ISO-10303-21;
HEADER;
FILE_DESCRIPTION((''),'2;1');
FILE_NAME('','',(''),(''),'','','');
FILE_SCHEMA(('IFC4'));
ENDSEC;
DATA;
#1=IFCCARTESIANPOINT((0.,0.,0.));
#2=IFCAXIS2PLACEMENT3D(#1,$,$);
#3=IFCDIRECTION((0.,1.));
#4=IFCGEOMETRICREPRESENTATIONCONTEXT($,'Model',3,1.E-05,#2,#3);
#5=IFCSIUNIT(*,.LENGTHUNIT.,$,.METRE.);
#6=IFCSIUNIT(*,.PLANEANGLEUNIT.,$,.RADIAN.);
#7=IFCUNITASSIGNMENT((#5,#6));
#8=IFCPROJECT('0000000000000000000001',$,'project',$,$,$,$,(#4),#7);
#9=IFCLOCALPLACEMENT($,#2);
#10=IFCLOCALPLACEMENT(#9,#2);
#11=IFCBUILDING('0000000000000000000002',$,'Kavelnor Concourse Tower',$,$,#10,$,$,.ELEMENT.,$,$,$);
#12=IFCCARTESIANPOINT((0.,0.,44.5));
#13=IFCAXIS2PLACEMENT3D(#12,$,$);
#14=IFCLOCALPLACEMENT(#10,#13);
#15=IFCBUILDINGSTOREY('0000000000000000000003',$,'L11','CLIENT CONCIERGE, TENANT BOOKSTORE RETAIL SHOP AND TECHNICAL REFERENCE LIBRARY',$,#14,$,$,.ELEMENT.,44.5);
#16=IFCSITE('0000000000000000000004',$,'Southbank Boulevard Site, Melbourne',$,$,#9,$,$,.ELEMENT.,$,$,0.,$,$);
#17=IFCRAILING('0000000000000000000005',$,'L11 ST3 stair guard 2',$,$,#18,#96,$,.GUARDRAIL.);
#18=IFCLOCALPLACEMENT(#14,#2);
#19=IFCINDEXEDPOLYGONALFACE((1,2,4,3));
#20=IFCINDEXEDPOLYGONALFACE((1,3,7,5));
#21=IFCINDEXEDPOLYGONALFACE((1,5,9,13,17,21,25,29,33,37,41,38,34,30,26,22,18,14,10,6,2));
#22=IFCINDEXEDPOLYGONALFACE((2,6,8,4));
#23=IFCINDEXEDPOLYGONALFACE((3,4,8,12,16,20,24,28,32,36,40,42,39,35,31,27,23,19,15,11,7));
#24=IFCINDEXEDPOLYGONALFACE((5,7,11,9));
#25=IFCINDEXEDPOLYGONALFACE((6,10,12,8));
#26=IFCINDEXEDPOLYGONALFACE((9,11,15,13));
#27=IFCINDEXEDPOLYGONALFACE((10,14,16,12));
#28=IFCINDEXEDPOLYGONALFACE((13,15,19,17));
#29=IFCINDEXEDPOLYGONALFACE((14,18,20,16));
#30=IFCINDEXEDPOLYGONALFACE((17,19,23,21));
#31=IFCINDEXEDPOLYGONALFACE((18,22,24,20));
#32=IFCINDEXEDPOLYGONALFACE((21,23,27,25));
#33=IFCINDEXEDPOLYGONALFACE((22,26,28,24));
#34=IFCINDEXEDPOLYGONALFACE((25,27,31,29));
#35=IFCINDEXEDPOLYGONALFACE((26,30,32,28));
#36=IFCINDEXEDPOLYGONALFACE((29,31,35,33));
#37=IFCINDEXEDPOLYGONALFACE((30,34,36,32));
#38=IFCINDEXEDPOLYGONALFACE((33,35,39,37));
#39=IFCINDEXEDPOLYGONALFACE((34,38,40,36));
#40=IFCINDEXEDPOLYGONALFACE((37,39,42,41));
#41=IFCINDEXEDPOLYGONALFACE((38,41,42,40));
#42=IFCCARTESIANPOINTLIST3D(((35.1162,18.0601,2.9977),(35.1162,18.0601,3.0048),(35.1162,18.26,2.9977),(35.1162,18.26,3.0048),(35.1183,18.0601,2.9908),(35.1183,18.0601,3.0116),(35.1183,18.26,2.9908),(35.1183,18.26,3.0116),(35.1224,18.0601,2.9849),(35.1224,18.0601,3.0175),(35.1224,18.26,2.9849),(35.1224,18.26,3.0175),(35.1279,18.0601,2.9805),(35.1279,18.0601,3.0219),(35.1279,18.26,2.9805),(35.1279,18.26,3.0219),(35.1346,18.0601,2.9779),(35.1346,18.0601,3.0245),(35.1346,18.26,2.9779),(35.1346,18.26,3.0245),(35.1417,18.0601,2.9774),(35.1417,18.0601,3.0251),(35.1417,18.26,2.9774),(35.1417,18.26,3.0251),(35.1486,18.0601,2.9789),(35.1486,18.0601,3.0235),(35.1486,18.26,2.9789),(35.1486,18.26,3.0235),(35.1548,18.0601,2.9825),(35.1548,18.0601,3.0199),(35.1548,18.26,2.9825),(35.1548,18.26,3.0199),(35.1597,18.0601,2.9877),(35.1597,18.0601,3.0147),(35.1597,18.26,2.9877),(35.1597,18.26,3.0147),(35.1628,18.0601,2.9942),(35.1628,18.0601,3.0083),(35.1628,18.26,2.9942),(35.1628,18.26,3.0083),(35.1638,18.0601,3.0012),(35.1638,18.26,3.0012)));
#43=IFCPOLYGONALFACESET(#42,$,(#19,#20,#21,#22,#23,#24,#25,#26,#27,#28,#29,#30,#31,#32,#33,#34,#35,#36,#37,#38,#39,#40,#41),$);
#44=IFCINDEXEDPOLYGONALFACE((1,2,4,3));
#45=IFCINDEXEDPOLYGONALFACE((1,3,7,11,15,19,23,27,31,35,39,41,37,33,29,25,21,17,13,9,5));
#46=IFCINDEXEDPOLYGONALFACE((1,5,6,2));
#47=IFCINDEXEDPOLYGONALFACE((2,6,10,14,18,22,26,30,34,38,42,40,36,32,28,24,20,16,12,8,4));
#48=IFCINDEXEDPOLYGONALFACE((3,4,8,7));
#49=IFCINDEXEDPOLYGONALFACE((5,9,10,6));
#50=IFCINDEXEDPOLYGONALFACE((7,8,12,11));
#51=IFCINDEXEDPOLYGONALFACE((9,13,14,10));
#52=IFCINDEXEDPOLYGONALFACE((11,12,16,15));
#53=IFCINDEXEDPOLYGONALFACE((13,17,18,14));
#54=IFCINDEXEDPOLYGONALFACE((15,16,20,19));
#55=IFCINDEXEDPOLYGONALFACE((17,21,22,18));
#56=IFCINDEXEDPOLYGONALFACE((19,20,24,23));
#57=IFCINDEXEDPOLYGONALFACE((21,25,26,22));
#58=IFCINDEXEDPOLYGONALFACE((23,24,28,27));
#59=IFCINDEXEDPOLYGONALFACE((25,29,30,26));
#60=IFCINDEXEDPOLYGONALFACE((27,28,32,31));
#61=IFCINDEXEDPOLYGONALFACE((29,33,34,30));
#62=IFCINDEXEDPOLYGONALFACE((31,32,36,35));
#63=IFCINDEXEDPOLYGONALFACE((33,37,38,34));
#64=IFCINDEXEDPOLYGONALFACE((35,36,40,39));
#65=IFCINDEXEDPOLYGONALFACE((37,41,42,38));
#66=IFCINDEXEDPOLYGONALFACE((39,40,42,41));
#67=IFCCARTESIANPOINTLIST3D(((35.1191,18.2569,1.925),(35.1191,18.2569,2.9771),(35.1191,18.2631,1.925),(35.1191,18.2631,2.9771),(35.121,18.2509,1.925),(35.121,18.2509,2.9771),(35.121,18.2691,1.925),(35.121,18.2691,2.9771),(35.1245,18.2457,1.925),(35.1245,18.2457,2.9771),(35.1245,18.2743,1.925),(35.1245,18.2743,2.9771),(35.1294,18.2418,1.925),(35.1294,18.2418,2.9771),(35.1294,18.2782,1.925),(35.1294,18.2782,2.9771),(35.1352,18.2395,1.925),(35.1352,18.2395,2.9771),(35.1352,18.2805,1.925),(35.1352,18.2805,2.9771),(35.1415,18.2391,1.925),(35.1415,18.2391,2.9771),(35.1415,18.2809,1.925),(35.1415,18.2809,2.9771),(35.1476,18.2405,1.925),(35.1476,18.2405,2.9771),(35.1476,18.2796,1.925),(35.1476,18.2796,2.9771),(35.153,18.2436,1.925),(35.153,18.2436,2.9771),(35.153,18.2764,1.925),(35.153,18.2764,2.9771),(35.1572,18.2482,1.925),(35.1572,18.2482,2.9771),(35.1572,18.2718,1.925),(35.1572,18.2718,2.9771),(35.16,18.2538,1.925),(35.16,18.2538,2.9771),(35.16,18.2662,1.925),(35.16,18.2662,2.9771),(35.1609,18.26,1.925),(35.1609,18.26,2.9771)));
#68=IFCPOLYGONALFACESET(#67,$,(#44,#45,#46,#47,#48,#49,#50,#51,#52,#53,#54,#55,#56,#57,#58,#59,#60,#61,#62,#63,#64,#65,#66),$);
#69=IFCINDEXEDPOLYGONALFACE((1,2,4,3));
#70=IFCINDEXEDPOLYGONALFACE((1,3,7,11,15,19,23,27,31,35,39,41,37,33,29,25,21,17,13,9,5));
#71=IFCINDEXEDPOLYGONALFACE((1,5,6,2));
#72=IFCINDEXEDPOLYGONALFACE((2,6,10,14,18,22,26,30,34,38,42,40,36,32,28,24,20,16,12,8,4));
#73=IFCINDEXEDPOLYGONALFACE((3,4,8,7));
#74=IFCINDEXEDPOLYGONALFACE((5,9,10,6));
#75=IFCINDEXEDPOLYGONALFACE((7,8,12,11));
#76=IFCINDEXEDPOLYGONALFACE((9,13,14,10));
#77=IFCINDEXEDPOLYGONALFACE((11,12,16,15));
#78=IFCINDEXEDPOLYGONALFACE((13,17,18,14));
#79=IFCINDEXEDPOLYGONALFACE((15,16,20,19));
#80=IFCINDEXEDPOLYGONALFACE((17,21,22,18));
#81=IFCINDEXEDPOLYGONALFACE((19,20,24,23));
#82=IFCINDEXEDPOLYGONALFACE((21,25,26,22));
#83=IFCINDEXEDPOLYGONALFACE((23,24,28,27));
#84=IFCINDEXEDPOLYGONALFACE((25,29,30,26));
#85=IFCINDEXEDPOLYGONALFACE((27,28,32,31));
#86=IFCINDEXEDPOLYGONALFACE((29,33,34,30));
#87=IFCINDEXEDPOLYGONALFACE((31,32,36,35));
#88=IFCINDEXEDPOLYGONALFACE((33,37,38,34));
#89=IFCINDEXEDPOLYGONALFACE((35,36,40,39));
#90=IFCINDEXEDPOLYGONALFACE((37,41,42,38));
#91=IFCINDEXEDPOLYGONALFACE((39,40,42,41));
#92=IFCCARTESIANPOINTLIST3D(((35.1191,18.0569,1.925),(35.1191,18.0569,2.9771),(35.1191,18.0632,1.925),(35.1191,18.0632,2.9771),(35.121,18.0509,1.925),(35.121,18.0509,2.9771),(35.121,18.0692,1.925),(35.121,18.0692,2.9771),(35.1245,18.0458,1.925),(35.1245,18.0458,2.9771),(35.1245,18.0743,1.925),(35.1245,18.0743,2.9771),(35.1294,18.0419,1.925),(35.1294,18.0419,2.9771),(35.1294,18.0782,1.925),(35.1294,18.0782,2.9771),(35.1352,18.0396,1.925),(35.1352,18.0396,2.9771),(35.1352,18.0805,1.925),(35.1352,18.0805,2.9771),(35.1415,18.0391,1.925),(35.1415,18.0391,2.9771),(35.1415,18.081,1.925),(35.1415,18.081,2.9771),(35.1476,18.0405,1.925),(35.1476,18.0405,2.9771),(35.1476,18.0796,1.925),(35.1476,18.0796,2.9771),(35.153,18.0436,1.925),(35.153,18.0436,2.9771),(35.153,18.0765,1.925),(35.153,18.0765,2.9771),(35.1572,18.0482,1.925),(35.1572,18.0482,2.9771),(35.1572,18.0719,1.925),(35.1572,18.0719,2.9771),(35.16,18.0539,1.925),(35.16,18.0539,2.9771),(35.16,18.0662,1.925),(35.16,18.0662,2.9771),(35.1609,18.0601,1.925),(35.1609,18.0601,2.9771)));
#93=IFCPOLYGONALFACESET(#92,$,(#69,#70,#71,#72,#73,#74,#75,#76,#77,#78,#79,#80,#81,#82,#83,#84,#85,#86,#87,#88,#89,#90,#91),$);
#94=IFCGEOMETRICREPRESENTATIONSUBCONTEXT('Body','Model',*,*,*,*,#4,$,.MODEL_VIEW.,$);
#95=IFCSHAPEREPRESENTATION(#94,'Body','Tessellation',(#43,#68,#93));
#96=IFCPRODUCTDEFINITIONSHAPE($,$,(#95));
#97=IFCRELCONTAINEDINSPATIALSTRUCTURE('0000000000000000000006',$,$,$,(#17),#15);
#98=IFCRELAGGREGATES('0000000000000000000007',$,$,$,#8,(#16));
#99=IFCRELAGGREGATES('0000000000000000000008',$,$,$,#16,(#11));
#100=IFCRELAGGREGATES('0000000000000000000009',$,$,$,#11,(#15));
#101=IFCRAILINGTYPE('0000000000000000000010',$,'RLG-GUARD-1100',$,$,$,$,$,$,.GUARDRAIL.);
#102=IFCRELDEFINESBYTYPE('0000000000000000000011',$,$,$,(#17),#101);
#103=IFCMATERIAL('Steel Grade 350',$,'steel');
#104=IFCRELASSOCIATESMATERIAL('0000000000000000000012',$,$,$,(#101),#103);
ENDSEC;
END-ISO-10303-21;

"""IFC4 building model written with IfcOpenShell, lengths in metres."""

from ifc_helpers import new_model, si_unit, direction, frame, origin, origin_2d, place, context, subcontext, project, spatial, circle, extrude, material, type_object, element, save


model = new_model("IFC4")

# Units and contexts
model_context = context("Model", 3, precision=1e-05, world=origin(), true_north=direction((0.0, 1.0)))
body_context = subcontext(model_context, "Body", "Model", "MODEL_VIEW")
ifc_project = project(units=[si_unit("LENGTHUNIT", "METRE"), si_unit("PLANEANGLEUNIT", "RADIAN")], contexts=[model_context])

# Site, building, storey
site_placement = place(None, origin())
site = spatial("IfcSite", under=ifc_project, at=site_placement, Name="Southbank Boulevard Site, Melbourne", CompositionType="ELEMENT", RefElevation=0.0)
building_placement = place(site_placement, origin())
building = spatial("IfcBuilding", under=site, at=building_placement, Name="Kavelnor Concourse Tower", CompositionType="ELEMENT")
storey_placement = place(building_placement, frame((0.0, 0.0, 44.5)))
storey = spatial("IfcBuildingStorey", under=building, at=storey_placement, Name="L11", Description="CLIENT CONCIERGE, TENANT BOOKSTORE RETAIL SHOP AND TECHNICAL REFERENCE LIBRARY", CompositionType="ELEMENT", Elevation=44.5)

# Shared definitions
ifc_material_1 = material(Name="Steel Grade 350", Category="steel")

# Railing
railing_type_1 = type_object("IfcRailingType", Name="RLG-GUARD-1100", PredefinedType="GUARDRAIL", material=ifc_material_1)
railing_1_placement = place(storey_placement, frame((35.1399, 18.26, 1.925)))
element("IfcRailing", 1, at=railing_1_placement, inside=storey, type_object=railing_type_1, Name="L11 ST3 stair guard 2", PredefinedType="GUARDRAIL", context=body_context, shape_type="SweptSolid", body=[
    extrude(circle(Radius=0.0239, at=origin_2d()), frame((0.0, 0.0, 1.0762), z_axis=(0.0, -1.0, 0.0), x_axis=(1.0, 0.0, 0.0)), (0.0, 0.0, 1.0), 0.2),
    extrude(circle(Radius=0.021, at=origin_2d()), origin(), (0.0, 0.0, 1.0), 1.052),
    extrude(circle(Radius=0.021, at=origin_2d()), frame((0.0, -0.2, 0.0)), (0.0, 0.0, 1.0), 1.052),
])

save(model, "model.ifc")
